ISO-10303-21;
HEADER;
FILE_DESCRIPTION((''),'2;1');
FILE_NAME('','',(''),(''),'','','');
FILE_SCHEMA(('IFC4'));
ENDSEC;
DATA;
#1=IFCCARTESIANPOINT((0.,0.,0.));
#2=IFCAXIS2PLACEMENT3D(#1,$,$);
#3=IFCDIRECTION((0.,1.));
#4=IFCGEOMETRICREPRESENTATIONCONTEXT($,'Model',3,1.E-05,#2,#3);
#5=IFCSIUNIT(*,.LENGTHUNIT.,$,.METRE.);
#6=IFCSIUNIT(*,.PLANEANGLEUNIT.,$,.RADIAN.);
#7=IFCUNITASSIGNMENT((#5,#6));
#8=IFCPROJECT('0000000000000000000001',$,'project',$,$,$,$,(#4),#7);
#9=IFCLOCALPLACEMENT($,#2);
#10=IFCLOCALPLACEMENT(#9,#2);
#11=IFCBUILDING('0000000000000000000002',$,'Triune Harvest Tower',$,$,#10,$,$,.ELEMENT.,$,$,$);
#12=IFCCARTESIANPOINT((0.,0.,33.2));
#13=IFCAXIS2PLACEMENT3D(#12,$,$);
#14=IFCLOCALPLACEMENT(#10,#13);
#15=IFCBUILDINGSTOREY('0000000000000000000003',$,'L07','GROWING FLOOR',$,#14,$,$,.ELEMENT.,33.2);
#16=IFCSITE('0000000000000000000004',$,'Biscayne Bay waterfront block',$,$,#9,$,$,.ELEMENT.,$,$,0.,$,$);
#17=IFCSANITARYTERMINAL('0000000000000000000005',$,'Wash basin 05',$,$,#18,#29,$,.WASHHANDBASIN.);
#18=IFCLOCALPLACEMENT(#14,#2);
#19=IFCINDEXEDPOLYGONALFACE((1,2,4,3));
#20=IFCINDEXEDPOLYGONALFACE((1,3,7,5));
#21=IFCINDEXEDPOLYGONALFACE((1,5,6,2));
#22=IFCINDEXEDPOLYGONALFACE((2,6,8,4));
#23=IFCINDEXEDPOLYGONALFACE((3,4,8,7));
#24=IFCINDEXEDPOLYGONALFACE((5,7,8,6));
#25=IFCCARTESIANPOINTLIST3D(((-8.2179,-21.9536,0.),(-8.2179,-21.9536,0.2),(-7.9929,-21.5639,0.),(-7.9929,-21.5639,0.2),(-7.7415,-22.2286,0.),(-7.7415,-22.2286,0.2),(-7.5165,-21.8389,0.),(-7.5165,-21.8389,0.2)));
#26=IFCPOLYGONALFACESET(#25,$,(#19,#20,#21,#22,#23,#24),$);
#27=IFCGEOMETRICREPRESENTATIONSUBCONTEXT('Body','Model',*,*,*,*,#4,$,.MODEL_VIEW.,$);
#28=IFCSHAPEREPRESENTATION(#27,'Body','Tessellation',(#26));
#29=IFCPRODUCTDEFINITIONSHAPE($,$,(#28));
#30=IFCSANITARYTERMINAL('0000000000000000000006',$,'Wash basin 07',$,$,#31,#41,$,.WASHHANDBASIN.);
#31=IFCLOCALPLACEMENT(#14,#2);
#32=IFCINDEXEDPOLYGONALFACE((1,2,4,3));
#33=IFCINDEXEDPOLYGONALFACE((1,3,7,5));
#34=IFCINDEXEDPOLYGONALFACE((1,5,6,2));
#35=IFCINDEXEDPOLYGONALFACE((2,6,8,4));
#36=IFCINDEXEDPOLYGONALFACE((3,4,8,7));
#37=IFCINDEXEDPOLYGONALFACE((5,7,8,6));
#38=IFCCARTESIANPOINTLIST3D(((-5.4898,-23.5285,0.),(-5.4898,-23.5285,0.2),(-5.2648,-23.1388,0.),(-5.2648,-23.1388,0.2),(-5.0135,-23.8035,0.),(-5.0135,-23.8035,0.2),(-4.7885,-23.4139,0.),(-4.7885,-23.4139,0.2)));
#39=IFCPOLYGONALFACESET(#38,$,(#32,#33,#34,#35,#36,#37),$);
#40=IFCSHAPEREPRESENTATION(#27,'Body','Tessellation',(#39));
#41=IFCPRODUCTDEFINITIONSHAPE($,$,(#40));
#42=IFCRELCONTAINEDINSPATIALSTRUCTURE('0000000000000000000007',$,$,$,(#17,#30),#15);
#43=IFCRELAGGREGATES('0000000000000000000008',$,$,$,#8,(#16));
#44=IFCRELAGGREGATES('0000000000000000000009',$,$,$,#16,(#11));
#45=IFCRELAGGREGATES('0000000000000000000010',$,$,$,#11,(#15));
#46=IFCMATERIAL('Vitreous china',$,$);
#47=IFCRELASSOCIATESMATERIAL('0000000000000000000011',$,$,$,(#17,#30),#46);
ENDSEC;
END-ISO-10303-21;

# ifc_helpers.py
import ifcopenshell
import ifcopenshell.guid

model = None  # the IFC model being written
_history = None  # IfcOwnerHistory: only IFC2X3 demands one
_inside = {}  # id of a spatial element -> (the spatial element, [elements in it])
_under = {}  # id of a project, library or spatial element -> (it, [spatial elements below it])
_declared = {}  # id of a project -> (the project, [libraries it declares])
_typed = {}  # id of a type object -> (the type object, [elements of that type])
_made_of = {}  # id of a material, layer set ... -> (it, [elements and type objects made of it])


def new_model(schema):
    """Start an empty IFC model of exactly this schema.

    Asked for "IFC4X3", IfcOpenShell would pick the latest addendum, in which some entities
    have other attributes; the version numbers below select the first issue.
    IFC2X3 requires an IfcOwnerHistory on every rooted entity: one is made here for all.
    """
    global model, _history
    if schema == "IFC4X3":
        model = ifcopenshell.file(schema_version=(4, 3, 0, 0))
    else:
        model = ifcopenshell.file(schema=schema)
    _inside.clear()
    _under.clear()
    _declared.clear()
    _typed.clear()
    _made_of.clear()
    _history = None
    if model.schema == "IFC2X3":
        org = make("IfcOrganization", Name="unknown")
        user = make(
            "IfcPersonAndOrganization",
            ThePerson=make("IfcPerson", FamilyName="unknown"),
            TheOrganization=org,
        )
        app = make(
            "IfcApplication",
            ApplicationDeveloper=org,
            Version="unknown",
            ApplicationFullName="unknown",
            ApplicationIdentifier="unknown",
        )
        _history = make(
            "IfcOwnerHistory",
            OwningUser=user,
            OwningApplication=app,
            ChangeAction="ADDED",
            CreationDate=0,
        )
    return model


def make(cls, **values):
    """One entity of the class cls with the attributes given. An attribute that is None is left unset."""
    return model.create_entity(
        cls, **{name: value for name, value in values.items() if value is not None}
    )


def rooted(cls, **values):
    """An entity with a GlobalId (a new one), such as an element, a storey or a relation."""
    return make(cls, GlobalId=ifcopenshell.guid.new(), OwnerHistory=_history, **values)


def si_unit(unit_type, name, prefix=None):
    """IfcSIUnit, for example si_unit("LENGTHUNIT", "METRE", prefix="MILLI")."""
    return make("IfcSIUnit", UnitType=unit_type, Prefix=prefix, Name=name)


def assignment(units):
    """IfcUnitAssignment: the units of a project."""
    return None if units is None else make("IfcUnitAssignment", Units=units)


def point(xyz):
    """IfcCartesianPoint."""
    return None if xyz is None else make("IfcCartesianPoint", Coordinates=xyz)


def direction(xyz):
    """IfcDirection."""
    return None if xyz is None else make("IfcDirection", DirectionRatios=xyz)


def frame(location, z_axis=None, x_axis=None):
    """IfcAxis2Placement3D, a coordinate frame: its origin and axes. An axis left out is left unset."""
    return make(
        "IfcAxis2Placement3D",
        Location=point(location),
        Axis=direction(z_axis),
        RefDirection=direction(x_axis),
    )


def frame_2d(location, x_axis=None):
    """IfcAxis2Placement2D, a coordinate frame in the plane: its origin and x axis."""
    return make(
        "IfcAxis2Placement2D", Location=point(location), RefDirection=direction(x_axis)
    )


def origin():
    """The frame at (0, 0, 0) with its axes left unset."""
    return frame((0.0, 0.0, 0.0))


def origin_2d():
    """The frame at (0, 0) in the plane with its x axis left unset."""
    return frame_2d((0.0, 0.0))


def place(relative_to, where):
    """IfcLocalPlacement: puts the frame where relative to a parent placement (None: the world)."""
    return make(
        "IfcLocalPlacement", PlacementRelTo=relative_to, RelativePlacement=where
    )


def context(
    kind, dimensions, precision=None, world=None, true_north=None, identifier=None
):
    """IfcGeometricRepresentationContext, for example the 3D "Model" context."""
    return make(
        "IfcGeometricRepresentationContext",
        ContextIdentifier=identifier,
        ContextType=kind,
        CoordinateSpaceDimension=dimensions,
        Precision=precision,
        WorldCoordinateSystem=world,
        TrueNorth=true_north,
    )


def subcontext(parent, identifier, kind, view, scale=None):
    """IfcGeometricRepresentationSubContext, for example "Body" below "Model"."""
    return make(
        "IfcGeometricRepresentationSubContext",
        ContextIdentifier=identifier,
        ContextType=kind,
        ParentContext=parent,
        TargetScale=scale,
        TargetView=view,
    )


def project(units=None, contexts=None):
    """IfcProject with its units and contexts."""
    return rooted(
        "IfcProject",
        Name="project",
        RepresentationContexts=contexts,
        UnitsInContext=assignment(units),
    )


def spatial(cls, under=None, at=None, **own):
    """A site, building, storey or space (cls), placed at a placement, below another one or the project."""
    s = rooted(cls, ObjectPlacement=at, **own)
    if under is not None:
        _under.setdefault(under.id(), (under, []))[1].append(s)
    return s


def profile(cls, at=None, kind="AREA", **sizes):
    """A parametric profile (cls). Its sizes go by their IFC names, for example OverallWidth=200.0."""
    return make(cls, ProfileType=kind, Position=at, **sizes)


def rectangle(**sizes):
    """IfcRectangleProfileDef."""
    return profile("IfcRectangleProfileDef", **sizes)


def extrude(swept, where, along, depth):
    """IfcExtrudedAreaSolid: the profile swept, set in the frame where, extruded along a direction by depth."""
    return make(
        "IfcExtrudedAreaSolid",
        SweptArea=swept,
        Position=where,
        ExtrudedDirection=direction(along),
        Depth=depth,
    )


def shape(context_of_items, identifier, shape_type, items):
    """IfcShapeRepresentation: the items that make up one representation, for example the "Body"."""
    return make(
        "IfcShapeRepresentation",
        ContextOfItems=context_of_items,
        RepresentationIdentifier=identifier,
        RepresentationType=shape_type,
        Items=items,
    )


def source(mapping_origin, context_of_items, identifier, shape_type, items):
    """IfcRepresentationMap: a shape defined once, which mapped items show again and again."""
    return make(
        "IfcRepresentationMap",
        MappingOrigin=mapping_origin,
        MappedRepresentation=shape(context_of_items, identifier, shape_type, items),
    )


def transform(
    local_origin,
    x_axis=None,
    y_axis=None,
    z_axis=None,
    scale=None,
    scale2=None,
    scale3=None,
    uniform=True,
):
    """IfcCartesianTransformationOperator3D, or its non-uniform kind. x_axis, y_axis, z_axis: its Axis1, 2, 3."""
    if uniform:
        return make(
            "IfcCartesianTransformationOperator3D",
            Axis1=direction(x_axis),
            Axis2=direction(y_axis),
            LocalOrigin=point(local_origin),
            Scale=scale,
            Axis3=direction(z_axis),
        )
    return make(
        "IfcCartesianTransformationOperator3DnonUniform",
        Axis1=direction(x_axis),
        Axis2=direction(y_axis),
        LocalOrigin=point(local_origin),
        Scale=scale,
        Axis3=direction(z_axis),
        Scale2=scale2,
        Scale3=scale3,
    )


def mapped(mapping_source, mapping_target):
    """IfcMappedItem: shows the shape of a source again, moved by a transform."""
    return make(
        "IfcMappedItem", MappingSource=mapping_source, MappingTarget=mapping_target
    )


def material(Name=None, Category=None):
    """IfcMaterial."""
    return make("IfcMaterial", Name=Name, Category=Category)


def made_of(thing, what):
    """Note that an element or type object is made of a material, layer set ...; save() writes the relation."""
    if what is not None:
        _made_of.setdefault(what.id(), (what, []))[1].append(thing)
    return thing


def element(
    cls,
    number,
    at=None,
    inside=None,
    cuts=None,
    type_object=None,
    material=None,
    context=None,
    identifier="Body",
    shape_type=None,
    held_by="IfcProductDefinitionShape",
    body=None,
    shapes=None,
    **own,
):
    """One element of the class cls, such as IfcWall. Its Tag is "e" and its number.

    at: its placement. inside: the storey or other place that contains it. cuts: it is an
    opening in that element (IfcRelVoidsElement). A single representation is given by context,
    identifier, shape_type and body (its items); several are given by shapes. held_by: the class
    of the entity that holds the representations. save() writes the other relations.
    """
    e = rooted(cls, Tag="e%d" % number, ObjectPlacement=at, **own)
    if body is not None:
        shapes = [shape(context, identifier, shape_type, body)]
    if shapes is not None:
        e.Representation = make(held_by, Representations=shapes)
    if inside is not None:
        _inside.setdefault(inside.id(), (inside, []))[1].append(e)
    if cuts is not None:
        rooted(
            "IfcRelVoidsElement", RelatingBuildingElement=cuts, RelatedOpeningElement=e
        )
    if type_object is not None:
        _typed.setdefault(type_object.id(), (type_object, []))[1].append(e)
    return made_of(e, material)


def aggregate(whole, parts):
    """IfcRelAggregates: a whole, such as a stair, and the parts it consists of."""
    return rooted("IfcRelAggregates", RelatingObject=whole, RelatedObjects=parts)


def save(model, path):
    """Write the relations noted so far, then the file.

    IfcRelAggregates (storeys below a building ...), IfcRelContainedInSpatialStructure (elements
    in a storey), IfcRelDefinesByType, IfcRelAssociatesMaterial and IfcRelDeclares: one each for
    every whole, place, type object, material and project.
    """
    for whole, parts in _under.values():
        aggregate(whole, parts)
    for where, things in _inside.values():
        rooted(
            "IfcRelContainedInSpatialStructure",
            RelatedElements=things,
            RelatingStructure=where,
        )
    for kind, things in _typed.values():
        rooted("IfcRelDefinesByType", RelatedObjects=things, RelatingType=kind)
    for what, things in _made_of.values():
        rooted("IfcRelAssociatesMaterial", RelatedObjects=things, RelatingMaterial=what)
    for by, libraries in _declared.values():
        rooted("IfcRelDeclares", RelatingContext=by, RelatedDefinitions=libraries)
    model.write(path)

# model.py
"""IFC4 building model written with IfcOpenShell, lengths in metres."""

from ifc_helpers import new_model, si_unit, direction, frame, origin, origin_2d, place, context, subcontext, project, spatial, rectangle, extrude, source, transform, mapped, material, element, save


model = new_model("IFC4")

# Units and contexts
model_context = context("Model", 3, precision=1e-05, world=origin(), true_north=direction((0.0, 1.0)))
body_context = subcontext(model_context, "Body", "Model", "MODEL_VIEW")
ifc_project = project(units=[si_unit("LENGTHUNIT", "METRE"), si_unit("PLANEANGLEUNIT", "RADIAN")], contexts=[model_context])

# Site, building, storey
site_placement = place(None, origin())
site = spatial("IfcSite", under=ifc_project, at=site_placement, Name="Biscayne Bay waterfront block", CompositionType="ELEMENT", RefElevation=0.0)
building_placement = place(site_placement, origin())
building = spatial("IfcBuilding", under=site, at=building_placement, Name="Triune Harvest Tower", CompositionType="ELEMENT")
storey_placement = place(building_placement, frame((0.0, 0.0, 33.2)))
storey = spatial("IfcBuildingStorey", under=building, at=storey_placement, Name="L07", Description="GROWING FLOOR", CompositionType="ELEMENT", Elevation=33.2)

# Sanitary terminals
ifc_material_1 = material(Name="Vitreous china")
shared_shape_1 = source(origin(), body_context, "Body", "SweptSolid", [
    extrude(rectangle(XDim=0.55, YDim=0.45, at=origin_2d()), origin(), (0.0, 0.0, 1.0), 0.2),
])
for number, where, z_axis, x_axis, name in (
    (1, (-7.8672, -21.8962, 0.0), (0.0, 0.0, 1.0), (-0.866034, 0.499985, 0.0), "Wash basin 05"),
    (2, (-5.1392, -23.4712, 0.0), (0.0, 0.0, 1.0), (-0.866017, 0.500015, 0.0), "Wash basin 07"),
):
    element("IfcSanitaryTerminal", number, at=place(storey_placement, frame(where, z_axis=z_axis, x_axis=x_axis)), inside=storey, material=ifc_material_1, Name=name, PredefinedType="WASHHANDBASIN", context=body_context, shape_type="MappedRepresentation", body=[
        mapped(shared_shape_1, transform((0.0, 0.0, 0.0), scale=1.0)),
    ])

save(model, "model.ifc")
